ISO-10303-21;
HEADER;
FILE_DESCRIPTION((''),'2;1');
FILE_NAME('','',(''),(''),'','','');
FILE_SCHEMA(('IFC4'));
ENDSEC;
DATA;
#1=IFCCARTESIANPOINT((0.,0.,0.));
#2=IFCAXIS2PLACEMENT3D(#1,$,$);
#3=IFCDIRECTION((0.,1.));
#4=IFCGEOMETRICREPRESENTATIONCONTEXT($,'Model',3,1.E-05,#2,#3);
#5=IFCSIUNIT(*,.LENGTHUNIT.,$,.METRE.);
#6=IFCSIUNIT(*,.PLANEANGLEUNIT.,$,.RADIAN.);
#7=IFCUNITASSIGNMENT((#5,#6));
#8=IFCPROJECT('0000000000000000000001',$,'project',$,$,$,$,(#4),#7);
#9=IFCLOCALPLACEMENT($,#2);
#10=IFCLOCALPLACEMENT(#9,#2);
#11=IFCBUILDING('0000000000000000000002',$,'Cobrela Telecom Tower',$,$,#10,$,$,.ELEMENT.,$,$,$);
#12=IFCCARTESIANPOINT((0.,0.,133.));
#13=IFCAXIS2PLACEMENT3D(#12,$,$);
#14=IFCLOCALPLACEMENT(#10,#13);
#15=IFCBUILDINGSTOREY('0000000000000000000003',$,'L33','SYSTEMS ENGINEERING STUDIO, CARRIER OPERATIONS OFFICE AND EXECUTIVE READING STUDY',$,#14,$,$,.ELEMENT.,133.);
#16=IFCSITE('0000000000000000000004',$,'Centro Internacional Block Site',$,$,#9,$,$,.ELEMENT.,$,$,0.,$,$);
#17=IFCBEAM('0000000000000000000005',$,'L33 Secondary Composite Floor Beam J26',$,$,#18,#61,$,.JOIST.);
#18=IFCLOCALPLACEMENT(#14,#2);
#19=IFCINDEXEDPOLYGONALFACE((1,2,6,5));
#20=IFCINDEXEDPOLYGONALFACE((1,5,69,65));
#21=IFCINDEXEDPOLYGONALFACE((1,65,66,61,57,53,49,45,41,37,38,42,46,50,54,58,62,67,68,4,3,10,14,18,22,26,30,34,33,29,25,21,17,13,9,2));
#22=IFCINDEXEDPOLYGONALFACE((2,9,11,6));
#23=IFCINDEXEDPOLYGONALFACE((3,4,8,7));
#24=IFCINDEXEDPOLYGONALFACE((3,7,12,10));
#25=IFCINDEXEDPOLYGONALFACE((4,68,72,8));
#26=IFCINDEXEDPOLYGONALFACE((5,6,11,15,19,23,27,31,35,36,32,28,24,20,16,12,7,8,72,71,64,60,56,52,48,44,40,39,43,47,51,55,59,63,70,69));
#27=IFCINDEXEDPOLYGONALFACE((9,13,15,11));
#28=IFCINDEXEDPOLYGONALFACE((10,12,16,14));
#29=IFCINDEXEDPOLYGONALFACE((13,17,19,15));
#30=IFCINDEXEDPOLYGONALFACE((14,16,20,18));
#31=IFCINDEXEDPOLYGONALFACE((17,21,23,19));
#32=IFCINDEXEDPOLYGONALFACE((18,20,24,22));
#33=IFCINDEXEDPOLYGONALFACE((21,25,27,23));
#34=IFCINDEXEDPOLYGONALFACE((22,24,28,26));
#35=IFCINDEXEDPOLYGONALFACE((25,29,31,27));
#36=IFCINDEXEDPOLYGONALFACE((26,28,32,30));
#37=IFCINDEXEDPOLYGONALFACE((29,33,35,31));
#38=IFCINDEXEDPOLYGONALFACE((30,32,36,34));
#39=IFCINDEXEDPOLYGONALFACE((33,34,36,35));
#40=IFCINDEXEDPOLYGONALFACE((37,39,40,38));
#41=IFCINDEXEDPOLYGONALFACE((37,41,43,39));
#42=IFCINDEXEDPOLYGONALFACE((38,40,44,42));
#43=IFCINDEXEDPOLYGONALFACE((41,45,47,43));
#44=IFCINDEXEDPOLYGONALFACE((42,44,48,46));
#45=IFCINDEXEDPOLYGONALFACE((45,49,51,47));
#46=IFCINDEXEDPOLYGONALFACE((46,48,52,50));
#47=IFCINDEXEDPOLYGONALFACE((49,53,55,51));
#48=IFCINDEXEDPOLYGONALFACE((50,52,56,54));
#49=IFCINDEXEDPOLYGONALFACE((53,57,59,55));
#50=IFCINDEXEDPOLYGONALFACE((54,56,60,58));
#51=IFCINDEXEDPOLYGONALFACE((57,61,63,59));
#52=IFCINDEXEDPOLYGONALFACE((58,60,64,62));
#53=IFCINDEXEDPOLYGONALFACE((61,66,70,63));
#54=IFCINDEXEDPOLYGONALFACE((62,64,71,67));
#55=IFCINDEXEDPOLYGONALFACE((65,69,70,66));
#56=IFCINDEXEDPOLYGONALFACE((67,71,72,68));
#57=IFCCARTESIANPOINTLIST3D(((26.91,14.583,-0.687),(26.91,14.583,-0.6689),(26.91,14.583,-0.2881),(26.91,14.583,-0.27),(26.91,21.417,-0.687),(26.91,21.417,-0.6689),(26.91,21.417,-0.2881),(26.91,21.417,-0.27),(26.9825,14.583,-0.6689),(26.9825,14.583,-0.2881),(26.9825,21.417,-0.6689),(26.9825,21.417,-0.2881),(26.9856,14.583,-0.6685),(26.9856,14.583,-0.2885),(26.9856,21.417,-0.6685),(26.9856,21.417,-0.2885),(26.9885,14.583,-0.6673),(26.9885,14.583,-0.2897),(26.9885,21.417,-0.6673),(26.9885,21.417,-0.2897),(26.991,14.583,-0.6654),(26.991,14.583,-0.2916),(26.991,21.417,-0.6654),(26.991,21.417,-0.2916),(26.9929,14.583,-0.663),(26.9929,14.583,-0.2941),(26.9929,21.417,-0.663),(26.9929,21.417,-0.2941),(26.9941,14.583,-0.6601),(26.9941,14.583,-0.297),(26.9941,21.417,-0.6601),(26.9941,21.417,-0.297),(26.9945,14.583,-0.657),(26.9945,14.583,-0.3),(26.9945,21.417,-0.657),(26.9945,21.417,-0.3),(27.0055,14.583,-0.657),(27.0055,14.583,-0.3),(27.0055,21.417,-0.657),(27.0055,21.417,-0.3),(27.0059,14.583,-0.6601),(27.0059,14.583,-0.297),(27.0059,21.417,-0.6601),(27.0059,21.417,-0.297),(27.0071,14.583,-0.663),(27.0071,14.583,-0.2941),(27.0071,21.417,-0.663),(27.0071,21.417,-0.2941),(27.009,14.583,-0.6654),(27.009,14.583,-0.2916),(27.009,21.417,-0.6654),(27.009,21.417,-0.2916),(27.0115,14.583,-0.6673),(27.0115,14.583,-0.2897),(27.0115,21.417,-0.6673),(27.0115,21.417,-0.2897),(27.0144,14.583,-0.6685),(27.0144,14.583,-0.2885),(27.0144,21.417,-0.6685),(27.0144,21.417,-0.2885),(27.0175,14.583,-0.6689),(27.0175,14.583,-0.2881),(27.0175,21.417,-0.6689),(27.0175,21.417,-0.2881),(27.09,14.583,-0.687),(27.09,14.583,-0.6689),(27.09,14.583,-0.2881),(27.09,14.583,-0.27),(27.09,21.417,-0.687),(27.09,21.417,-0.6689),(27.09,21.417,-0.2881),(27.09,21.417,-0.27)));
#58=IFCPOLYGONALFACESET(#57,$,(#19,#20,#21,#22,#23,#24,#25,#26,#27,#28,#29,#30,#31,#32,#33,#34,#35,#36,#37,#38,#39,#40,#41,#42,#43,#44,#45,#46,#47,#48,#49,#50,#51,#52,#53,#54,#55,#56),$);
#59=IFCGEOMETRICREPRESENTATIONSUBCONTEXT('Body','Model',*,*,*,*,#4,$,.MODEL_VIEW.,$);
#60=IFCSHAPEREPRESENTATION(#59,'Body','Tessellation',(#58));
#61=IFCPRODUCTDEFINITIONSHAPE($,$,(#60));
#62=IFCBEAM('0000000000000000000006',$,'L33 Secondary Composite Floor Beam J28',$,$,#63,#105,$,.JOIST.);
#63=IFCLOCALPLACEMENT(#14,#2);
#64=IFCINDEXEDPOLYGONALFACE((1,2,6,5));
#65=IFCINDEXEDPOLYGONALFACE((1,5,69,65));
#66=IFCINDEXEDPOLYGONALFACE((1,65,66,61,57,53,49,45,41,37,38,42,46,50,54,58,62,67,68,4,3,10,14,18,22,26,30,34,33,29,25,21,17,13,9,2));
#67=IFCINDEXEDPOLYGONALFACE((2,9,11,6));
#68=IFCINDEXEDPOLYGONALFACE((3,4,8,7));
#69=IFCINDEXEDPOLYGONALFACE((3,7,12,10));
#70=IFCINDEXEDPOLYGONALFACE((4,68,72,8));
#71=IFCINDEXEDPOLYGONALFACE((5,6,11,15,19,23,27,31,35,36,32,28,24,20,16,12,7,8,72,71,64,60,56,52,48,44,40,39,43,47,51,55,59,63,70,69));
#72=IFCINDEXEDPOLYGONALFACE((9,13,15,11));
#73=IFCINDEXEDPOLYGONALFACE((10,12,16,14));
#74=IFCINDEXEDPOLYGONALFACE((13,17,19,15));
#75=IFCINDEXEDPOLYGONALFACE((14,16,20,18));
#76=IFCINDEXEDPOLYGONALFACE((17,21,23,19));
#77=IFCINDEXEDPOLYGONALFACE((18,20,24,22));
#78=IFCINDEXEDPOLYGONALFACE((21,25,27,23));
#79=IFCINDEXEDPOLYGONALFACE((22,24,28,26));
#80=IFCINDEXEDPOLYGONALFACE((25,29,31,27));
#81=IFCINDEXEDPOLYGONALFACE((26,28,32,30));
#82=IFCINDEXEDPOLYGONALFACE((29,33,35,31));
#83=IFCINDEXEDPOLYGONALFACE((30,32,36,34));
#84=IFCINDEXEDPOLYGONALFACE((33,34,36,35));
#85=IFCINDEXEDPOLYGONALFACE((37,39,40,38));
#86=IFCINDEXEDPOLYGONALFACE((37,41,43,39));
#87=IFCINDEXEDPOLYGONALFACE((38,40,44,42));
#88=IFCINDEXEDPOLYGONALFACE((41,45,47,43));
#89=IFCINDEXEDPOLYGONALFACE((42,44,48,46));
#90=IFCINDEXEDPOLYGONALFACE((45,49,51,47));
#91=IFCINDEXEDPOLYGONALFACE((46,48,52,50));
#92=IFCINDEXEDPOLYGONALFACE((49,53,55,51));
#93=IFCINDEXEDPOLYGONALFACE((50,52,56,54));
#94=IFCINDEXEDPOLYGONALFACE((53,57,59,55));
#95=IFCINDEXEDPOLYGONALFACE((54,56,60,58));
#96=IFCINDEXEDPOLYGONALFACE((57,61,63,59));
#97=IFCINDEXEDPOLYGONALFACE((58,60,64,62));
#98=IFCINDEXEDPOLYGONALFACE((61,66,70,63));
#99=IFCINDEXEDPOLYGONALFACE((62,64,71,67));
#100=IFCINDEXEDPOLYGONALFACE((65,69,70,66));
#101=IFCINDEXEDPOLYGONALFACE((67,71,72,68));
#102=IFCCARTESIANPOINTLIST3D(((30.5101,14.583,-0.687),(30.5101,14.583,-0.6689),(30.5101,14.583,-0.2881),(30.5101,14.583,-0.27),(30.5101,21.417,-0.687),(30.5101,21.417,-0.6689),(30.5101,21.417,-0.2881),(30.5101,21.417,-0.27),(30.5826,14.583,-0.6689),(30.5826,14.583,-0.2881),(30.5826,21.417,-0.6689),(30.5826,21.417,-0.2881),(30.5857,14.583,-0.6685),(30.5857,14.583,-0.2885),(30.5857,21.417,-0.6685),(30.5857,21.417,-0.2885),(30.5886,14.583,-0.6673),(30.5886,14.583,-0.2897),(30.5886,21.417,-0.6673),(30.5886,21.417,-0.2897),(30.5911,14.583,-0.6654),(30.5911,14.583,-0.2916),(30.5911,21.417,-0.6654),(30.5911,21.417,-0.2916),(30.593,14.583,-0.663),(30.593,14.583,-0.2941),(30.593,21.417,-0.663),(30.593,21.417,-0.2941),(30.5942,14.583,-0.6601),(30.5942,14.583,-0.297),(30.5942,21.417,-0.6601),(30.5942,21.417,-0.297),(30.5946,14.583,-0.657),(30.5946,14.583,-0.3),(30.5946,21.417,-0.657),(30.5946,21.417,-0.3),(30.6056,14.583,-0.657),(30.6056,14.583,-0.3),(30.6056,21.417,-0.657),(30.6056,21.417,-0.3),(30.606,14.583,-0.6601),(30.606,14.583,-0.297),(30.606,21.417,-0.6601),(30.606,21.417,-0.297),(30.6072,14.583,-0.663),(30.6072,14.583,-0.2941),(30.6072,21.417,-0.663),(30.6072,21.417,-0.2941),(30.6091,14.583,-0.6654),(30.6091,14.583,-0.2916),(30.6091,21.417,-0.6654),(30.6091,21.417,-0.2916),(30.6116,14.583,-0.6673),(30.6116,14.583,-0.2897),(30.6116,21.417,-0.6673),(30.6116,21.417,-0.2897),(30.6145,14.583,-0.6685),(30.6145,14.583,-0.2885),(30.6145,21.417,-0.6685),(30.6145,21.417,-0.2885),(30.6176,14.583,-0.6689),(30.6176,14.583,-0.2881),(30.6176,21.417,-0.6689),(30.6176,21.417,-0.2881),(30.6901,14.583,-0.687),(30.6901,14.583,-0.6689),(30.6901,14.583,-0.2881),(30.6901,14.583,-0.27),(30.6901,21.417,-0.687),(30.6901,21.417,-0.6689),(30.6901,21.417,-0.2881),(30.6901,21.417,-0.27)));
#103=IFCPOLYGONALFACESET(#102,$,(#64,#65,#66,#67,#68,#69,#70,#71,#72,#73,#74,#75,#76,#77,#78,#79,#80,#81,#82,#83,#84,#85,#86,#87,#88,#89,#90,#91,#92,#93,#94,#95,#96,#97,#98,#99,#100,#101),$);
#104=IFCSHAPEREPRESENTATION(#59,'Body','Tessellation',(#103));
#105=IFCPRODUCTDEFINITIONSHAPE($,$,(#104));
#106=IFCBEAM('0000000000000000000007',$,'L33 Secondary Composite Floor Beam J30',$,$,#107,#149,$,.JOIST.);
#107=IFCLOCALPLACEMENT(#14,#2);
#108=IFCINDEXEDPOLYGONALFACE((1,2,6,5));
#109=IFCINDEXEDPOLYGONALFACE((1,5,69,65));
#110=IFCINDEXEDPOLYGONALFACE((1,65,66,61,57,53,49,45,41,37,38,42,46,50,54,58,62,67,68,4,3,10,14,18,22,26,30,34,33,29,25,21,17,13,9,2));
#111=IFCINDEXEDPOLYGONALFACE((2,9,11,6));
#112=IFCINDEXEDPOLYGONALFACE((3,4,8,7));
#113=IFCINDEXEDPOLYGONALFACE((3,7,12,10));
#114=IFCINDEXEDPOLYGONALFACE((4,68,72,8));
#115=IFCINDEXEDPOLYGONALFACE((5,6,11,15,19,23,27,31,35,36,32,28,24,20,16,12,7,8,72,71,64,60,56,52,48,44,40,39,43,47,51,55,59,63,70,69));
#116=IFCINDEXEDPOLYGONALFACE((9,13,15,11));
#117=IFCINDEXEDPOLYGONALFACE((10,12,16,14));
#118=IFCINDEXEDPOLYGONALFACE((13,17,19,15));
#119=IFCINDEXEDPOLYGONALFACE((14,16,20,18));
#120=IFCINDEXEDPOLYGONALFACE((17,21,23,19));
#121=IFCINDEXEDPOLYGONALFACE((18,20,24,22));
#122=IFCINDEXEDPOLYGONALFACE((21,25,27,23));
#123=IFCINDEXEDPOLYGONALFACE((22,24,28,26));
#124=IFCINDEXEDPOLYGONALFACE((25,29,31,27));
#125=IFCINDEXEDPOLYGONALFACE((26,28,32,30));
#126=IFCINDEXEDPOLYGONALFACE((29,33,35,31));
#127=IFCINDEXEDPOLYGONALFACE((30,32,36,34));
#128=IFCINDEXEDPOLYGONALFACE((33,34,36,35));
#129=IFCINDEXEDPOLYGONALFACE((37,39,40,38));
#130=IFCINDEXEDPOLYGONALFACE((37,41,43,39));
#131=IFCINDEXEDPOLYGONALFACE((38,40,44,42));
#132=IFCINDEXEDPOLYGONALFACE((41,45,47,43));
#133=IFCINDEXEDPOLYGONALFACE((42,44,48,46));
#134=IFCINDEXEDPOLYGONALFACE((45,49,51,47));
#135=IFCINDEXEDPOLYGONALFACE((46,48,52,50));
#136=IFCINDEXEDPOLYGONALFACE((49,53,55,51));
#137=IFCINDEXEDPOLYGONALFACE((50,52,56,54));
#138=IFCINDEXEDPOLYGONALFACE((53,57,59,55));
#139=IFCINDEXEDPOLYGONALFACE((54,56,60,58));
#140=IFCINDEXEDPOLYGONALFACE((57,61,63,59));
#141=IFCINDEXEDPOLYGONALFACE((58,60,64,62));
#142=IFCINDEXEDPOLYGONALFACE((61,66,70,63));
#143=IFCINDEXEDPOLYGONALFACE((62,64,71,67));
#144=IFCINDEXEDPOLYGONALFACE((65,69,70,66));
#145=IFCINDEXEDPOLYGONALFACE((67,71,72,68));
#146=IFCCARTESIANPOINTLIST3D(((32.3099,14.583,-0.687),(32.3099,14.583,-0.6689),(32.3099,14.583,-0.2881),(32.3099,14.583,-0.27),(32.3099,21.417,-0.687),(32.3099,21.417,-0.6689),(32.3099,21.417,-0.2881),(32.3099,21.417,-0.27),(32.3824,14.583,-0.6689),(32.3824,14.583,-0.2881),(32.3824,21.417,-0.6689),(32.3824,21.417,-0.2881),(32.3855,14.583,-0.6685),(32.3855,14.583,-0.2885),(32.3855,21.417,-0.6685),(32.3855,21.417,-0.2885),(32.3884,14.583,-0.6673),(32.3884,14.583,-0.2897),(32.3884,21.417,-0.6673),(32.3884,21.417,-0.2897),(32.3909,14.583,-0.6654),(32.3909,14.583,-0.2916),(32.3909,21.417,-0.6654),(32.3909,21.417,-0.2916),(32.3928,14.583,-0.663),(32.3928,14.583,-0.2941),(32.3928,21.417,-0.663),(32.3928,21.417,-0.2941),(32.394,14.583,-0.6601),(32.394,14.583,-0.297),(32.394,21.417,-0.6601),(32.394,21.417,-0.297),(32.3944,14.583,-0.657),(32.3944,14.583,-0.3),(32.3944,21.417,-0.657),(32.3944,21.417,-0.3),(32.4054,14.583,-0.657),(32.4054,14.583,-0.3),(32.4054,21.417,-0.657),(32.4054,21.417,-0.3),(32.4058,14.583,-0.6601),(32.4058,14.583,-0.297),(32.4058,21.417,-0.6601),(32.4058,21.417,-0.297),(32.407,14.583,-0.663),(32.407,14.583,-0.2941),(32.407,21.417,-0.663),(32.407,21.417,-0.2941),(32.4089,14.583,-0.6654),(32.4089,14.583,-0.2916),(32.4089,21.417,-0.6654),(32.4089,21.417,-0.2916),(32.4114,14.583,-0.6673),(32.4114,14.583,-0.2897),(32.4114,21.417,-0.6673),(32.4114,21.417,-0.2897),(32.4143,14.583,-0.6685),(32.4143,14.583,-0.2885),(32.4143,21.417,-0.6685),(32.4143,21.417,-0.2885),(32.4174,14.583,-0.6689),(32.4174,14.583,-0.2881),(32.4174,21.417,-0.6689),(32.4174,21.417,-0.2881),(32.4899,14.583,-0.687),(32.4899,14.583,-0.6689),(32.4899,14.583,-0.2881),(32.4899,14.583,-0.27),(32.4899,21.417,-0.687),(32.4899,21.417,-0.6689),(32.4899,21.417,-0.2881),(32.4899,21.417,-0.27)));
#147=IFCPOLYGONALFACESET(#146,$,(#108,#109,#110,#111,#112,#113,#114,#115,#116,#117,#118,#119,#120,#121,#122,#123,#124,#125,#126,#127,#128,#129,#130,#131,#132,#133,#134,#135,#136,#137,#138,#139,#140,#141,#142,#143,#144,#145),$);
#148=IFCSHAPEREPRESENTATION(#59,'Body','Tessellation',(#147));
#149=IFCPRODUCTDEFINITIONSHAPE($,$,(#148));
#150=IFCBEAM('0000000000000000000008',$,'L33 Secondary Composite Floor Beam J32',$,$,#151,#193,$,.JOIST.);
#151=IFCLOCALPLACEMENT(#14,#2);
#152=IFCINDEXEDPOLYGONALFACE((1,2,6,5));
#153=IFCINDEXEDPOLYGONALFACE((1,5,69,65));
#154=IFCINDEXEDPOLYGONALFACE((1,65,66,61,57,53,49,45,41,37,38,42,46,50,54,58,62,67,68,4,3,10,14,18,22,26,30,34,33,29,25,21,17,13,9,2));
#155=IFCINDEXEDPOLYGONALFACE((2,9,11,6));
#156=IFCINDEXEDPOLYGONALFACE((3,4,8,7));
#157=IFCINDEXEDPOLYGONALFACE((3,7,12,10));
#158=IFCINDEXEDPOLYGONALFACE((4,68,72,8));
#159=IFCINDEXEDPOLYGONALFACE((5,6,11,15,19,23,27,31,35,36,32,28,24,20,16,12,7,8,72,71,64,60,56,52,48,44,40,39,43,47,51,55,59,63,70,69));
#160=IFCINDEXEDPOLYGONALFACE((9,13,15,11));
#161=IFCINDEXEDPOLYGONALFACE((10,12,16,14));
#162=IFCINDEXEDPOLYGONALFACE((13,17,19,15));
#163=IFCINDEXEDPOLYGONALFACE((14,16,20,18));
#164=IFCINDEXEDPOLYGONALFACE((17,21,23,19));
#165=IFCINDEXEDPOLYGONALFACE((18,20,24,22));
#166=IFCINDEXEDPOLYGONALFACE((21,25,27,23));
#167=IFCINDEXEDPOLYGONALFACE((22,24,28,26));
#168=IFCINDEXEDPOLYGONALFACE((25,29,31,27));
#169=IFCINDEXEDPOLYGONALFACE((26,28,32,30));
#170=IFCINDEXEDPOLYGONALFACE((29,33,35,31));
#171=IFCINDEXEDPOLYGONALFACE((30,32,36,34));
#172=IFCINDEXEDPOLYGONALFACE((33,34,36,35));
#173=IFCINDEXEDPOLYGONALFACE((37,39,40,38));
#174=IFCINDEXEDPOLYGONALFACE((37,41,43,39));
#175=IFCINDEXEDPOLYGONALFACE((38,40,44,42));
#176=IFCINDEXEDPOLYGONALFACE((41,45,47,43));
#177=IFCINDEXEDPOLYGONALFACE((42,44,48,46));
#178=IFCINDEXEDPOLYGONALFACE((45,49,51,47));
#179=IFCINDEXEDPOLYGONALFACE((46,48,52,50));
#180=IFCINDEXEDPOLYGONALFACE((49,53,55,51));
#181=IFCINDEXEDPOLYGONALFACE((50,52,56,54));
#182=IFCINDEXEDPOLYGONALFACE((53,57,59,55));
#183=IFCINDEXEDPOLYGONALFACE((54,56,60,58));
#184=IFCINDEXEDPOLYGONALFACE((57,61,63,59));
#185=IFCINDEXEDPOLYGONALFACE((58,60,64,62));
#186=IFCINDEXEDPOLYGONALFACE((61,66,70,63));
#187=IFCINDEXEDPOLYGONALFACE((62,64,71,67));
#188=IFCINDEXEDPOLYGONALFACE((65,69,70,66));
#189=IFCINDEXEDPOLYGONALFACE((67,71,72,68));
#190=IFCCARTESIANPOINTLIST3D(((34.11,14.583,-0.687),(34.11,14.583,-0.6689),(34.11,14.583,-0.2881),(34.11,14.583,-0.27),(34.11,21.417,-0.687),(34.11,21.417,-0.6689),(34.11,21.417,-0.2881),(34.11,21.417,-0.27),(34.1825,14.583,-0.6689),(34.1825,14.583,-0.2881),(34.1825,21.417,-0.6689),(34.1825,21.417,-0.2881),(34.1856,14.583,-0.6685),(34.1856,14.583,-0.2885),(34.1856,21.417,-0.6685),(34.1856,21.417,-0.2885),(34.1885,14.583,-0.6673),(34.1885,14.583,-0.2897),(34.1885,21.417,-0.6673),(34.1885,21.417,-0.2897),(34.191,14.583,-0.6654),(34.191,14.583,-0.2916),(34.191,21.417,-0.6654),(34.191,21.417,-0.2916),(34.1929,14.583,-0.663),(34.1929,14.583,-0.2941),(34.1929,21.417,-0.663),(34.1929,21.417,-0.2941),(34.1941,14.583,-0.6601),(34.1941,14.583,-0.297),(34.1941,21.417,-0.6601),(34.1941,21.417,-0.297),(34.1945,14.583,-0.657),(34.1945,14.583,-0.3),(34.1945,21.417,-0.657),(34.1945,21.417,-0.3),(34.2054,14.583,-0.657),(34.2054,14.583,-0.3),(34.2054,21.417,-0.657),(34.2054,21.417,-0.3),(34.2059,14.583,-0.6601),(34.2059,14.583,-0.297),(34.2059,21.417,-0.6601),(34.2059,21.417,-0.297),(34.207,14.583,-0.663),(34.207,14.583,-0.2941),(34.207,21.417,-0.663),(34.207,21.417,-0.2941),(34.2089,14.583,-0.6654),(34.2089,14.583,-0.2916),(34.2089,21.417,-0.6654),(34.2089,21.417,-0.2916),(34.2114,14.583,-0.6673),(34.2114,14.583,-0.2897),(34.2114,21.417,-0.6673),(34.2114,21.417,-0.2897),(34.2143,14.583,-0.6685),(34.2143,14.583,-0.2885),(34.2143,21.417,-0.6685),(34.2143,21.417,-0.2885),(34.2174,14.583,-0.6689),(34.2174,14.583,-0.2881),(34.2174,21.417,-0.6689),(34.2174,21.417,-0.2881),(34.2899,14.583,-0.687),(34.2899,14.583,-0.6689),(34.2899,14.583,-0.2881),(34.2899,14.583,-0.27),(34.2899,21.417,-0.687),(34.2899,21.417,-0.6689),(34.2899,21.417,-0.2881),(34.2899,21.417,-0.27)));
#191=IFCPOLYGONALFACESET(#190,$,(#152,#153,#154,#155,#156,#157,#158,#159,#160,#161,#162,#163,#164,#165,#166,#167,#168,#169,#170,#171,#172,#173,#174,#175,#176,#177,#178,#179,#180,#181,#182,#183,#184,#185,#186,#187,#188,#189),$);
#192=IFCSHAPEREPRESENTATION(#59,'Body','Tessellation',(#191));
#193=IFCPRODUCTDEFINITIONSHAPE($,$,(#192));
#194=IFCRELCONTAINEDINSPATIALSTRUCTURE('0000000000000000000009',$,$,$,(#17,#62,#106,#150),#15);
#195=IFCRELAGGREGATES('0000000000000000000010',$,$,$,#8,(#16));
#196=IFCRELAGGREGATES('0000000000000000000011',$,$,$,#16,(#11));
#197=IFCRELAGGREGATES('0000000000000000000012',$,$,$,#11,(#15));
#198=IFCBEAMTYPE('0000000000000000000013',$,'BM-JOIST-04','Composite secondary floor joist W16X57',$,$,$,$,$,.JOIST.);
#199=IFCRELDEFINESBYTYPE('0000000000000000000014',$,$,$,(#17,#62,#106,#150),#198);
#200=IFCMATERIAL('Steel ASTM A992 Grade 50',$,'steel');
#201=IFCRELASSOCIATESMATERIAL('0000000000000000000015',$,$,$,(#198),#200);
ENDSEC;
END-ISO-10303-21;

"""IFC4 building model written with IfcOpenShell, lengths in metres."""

from ifc_helpers import new_model, si_unit, direction, frame, origin, origin_2d, place, context, subcontext, project, spatial, i_section, extrude, material, material_profile, profile_set, type_object, element, save


model = new_model("IFC4")

# Units and contexts
model_context = context("Model", 3, precision=1e-05, world=origin(), true_north=direction((0.0, 1.0)))
body_context = subcontext(model_context, "Body", "Model", "MODEL_VIEW")
ifc_project = project(units=[si_unit("LENGTHUNIT", "METRE"), si_unit("PLANEANGLEUNIT", "RADIAN")], contexts=[model_context])

# Site, building, storey
site_placement = place(None, origin())
site = spatial("IfcSite", under=ifc_project, at=site_placement, Name="Centro Internacional Block Site", CompositionType="ELEMENT", RefElevation=0.0)
building_placement = place(site_placement, origin())
building = spatial("IfcBuilding", under=site, at=building_placement, Name="Cobrela Telecom Tower", CompositionType="ELEMENT")
storey_placement = place(building_placement, frame((0.0, 0.0, 133.0)))
storey = spatial("IfcBuildingStorey", under=building, at=storey_placement, Name="L33", Description="SYSTEMS ENGINEERING STUDIO, CARRIER OPERATIONS OFFICE AND EXECUTIVE READING STUDY", CompositionType="ELEMENT", Elevation=133.0)

# Shared definitions
ifc_material_1 = material(Name="Steel ASTM A992 Grade 50", Category="steel")

# Beams
ifc_material_profile_1 = material_profile(ifc_material_1, i_section(OverallWidth=0.1799, OverallDepth=0.417, WebThickness=0.011, FlangeThickness=0.0181, FilletRadius=0.012, at=origin_2d()), Name="W16X57")
ifc_profile_set_1 = profile_set([ifc_material_profile_1], Name="Steel ASTM A992 Grade 50")
beam_type_1 = type_object("IfcBeamType", Name="BM-JOIST-04", Description="Composite secondary floor joist W16X57", PredefinedType="JOIST", material=ifc_profile_set_1)
for number, where, z_axis, x_axis, name in (
    (1, (27.0, 14.583, -0.4785), (0.0, 1.0, 0.0), (-1.0, 0.0, 0.0), "L33 Secondary Composite Floor Beam J26"),
    (2, (30.6001, 14.583, -0.4785), (0.0, 1.0, 0.0), (-1.0, 0.0, 0.0), "L33 Secondary Composite Floor Beam J28"),
    (3, (32.3999, 14.583, -0.4785), (0.0, 1.0, 0.0), (-1.0, 0.0, 0.0), "L33 Secondary Composite Floor Beam J30"),
    (4, (34.2, 14.583, -0.4785), (0.0, 1.0, 0.0), (-1.0, 0.0, 0.0), "L33 Secondary Composite Floor Beam J32"),
):
    element("IfcBeam", number, at=place(storey_placement, frame(where, z_axis=z_axis, x_axis=x_axis)), inside=storey, type_object=beam_type_1, Name=name, PredefinedType="JOIST", context=body_context, shape_type="SweptSolid", body=[
        extrude(i_section(OverallWidth=0.1799, OverallDepth=0.417, WebThickness=0.011, FlangeThickness=0.0181, FilletRadius=0.012, at=origin_2d()), origin(), (0.0, 0.0, 1.0), 6.834),
    ])

save(model, "model.ifc")
